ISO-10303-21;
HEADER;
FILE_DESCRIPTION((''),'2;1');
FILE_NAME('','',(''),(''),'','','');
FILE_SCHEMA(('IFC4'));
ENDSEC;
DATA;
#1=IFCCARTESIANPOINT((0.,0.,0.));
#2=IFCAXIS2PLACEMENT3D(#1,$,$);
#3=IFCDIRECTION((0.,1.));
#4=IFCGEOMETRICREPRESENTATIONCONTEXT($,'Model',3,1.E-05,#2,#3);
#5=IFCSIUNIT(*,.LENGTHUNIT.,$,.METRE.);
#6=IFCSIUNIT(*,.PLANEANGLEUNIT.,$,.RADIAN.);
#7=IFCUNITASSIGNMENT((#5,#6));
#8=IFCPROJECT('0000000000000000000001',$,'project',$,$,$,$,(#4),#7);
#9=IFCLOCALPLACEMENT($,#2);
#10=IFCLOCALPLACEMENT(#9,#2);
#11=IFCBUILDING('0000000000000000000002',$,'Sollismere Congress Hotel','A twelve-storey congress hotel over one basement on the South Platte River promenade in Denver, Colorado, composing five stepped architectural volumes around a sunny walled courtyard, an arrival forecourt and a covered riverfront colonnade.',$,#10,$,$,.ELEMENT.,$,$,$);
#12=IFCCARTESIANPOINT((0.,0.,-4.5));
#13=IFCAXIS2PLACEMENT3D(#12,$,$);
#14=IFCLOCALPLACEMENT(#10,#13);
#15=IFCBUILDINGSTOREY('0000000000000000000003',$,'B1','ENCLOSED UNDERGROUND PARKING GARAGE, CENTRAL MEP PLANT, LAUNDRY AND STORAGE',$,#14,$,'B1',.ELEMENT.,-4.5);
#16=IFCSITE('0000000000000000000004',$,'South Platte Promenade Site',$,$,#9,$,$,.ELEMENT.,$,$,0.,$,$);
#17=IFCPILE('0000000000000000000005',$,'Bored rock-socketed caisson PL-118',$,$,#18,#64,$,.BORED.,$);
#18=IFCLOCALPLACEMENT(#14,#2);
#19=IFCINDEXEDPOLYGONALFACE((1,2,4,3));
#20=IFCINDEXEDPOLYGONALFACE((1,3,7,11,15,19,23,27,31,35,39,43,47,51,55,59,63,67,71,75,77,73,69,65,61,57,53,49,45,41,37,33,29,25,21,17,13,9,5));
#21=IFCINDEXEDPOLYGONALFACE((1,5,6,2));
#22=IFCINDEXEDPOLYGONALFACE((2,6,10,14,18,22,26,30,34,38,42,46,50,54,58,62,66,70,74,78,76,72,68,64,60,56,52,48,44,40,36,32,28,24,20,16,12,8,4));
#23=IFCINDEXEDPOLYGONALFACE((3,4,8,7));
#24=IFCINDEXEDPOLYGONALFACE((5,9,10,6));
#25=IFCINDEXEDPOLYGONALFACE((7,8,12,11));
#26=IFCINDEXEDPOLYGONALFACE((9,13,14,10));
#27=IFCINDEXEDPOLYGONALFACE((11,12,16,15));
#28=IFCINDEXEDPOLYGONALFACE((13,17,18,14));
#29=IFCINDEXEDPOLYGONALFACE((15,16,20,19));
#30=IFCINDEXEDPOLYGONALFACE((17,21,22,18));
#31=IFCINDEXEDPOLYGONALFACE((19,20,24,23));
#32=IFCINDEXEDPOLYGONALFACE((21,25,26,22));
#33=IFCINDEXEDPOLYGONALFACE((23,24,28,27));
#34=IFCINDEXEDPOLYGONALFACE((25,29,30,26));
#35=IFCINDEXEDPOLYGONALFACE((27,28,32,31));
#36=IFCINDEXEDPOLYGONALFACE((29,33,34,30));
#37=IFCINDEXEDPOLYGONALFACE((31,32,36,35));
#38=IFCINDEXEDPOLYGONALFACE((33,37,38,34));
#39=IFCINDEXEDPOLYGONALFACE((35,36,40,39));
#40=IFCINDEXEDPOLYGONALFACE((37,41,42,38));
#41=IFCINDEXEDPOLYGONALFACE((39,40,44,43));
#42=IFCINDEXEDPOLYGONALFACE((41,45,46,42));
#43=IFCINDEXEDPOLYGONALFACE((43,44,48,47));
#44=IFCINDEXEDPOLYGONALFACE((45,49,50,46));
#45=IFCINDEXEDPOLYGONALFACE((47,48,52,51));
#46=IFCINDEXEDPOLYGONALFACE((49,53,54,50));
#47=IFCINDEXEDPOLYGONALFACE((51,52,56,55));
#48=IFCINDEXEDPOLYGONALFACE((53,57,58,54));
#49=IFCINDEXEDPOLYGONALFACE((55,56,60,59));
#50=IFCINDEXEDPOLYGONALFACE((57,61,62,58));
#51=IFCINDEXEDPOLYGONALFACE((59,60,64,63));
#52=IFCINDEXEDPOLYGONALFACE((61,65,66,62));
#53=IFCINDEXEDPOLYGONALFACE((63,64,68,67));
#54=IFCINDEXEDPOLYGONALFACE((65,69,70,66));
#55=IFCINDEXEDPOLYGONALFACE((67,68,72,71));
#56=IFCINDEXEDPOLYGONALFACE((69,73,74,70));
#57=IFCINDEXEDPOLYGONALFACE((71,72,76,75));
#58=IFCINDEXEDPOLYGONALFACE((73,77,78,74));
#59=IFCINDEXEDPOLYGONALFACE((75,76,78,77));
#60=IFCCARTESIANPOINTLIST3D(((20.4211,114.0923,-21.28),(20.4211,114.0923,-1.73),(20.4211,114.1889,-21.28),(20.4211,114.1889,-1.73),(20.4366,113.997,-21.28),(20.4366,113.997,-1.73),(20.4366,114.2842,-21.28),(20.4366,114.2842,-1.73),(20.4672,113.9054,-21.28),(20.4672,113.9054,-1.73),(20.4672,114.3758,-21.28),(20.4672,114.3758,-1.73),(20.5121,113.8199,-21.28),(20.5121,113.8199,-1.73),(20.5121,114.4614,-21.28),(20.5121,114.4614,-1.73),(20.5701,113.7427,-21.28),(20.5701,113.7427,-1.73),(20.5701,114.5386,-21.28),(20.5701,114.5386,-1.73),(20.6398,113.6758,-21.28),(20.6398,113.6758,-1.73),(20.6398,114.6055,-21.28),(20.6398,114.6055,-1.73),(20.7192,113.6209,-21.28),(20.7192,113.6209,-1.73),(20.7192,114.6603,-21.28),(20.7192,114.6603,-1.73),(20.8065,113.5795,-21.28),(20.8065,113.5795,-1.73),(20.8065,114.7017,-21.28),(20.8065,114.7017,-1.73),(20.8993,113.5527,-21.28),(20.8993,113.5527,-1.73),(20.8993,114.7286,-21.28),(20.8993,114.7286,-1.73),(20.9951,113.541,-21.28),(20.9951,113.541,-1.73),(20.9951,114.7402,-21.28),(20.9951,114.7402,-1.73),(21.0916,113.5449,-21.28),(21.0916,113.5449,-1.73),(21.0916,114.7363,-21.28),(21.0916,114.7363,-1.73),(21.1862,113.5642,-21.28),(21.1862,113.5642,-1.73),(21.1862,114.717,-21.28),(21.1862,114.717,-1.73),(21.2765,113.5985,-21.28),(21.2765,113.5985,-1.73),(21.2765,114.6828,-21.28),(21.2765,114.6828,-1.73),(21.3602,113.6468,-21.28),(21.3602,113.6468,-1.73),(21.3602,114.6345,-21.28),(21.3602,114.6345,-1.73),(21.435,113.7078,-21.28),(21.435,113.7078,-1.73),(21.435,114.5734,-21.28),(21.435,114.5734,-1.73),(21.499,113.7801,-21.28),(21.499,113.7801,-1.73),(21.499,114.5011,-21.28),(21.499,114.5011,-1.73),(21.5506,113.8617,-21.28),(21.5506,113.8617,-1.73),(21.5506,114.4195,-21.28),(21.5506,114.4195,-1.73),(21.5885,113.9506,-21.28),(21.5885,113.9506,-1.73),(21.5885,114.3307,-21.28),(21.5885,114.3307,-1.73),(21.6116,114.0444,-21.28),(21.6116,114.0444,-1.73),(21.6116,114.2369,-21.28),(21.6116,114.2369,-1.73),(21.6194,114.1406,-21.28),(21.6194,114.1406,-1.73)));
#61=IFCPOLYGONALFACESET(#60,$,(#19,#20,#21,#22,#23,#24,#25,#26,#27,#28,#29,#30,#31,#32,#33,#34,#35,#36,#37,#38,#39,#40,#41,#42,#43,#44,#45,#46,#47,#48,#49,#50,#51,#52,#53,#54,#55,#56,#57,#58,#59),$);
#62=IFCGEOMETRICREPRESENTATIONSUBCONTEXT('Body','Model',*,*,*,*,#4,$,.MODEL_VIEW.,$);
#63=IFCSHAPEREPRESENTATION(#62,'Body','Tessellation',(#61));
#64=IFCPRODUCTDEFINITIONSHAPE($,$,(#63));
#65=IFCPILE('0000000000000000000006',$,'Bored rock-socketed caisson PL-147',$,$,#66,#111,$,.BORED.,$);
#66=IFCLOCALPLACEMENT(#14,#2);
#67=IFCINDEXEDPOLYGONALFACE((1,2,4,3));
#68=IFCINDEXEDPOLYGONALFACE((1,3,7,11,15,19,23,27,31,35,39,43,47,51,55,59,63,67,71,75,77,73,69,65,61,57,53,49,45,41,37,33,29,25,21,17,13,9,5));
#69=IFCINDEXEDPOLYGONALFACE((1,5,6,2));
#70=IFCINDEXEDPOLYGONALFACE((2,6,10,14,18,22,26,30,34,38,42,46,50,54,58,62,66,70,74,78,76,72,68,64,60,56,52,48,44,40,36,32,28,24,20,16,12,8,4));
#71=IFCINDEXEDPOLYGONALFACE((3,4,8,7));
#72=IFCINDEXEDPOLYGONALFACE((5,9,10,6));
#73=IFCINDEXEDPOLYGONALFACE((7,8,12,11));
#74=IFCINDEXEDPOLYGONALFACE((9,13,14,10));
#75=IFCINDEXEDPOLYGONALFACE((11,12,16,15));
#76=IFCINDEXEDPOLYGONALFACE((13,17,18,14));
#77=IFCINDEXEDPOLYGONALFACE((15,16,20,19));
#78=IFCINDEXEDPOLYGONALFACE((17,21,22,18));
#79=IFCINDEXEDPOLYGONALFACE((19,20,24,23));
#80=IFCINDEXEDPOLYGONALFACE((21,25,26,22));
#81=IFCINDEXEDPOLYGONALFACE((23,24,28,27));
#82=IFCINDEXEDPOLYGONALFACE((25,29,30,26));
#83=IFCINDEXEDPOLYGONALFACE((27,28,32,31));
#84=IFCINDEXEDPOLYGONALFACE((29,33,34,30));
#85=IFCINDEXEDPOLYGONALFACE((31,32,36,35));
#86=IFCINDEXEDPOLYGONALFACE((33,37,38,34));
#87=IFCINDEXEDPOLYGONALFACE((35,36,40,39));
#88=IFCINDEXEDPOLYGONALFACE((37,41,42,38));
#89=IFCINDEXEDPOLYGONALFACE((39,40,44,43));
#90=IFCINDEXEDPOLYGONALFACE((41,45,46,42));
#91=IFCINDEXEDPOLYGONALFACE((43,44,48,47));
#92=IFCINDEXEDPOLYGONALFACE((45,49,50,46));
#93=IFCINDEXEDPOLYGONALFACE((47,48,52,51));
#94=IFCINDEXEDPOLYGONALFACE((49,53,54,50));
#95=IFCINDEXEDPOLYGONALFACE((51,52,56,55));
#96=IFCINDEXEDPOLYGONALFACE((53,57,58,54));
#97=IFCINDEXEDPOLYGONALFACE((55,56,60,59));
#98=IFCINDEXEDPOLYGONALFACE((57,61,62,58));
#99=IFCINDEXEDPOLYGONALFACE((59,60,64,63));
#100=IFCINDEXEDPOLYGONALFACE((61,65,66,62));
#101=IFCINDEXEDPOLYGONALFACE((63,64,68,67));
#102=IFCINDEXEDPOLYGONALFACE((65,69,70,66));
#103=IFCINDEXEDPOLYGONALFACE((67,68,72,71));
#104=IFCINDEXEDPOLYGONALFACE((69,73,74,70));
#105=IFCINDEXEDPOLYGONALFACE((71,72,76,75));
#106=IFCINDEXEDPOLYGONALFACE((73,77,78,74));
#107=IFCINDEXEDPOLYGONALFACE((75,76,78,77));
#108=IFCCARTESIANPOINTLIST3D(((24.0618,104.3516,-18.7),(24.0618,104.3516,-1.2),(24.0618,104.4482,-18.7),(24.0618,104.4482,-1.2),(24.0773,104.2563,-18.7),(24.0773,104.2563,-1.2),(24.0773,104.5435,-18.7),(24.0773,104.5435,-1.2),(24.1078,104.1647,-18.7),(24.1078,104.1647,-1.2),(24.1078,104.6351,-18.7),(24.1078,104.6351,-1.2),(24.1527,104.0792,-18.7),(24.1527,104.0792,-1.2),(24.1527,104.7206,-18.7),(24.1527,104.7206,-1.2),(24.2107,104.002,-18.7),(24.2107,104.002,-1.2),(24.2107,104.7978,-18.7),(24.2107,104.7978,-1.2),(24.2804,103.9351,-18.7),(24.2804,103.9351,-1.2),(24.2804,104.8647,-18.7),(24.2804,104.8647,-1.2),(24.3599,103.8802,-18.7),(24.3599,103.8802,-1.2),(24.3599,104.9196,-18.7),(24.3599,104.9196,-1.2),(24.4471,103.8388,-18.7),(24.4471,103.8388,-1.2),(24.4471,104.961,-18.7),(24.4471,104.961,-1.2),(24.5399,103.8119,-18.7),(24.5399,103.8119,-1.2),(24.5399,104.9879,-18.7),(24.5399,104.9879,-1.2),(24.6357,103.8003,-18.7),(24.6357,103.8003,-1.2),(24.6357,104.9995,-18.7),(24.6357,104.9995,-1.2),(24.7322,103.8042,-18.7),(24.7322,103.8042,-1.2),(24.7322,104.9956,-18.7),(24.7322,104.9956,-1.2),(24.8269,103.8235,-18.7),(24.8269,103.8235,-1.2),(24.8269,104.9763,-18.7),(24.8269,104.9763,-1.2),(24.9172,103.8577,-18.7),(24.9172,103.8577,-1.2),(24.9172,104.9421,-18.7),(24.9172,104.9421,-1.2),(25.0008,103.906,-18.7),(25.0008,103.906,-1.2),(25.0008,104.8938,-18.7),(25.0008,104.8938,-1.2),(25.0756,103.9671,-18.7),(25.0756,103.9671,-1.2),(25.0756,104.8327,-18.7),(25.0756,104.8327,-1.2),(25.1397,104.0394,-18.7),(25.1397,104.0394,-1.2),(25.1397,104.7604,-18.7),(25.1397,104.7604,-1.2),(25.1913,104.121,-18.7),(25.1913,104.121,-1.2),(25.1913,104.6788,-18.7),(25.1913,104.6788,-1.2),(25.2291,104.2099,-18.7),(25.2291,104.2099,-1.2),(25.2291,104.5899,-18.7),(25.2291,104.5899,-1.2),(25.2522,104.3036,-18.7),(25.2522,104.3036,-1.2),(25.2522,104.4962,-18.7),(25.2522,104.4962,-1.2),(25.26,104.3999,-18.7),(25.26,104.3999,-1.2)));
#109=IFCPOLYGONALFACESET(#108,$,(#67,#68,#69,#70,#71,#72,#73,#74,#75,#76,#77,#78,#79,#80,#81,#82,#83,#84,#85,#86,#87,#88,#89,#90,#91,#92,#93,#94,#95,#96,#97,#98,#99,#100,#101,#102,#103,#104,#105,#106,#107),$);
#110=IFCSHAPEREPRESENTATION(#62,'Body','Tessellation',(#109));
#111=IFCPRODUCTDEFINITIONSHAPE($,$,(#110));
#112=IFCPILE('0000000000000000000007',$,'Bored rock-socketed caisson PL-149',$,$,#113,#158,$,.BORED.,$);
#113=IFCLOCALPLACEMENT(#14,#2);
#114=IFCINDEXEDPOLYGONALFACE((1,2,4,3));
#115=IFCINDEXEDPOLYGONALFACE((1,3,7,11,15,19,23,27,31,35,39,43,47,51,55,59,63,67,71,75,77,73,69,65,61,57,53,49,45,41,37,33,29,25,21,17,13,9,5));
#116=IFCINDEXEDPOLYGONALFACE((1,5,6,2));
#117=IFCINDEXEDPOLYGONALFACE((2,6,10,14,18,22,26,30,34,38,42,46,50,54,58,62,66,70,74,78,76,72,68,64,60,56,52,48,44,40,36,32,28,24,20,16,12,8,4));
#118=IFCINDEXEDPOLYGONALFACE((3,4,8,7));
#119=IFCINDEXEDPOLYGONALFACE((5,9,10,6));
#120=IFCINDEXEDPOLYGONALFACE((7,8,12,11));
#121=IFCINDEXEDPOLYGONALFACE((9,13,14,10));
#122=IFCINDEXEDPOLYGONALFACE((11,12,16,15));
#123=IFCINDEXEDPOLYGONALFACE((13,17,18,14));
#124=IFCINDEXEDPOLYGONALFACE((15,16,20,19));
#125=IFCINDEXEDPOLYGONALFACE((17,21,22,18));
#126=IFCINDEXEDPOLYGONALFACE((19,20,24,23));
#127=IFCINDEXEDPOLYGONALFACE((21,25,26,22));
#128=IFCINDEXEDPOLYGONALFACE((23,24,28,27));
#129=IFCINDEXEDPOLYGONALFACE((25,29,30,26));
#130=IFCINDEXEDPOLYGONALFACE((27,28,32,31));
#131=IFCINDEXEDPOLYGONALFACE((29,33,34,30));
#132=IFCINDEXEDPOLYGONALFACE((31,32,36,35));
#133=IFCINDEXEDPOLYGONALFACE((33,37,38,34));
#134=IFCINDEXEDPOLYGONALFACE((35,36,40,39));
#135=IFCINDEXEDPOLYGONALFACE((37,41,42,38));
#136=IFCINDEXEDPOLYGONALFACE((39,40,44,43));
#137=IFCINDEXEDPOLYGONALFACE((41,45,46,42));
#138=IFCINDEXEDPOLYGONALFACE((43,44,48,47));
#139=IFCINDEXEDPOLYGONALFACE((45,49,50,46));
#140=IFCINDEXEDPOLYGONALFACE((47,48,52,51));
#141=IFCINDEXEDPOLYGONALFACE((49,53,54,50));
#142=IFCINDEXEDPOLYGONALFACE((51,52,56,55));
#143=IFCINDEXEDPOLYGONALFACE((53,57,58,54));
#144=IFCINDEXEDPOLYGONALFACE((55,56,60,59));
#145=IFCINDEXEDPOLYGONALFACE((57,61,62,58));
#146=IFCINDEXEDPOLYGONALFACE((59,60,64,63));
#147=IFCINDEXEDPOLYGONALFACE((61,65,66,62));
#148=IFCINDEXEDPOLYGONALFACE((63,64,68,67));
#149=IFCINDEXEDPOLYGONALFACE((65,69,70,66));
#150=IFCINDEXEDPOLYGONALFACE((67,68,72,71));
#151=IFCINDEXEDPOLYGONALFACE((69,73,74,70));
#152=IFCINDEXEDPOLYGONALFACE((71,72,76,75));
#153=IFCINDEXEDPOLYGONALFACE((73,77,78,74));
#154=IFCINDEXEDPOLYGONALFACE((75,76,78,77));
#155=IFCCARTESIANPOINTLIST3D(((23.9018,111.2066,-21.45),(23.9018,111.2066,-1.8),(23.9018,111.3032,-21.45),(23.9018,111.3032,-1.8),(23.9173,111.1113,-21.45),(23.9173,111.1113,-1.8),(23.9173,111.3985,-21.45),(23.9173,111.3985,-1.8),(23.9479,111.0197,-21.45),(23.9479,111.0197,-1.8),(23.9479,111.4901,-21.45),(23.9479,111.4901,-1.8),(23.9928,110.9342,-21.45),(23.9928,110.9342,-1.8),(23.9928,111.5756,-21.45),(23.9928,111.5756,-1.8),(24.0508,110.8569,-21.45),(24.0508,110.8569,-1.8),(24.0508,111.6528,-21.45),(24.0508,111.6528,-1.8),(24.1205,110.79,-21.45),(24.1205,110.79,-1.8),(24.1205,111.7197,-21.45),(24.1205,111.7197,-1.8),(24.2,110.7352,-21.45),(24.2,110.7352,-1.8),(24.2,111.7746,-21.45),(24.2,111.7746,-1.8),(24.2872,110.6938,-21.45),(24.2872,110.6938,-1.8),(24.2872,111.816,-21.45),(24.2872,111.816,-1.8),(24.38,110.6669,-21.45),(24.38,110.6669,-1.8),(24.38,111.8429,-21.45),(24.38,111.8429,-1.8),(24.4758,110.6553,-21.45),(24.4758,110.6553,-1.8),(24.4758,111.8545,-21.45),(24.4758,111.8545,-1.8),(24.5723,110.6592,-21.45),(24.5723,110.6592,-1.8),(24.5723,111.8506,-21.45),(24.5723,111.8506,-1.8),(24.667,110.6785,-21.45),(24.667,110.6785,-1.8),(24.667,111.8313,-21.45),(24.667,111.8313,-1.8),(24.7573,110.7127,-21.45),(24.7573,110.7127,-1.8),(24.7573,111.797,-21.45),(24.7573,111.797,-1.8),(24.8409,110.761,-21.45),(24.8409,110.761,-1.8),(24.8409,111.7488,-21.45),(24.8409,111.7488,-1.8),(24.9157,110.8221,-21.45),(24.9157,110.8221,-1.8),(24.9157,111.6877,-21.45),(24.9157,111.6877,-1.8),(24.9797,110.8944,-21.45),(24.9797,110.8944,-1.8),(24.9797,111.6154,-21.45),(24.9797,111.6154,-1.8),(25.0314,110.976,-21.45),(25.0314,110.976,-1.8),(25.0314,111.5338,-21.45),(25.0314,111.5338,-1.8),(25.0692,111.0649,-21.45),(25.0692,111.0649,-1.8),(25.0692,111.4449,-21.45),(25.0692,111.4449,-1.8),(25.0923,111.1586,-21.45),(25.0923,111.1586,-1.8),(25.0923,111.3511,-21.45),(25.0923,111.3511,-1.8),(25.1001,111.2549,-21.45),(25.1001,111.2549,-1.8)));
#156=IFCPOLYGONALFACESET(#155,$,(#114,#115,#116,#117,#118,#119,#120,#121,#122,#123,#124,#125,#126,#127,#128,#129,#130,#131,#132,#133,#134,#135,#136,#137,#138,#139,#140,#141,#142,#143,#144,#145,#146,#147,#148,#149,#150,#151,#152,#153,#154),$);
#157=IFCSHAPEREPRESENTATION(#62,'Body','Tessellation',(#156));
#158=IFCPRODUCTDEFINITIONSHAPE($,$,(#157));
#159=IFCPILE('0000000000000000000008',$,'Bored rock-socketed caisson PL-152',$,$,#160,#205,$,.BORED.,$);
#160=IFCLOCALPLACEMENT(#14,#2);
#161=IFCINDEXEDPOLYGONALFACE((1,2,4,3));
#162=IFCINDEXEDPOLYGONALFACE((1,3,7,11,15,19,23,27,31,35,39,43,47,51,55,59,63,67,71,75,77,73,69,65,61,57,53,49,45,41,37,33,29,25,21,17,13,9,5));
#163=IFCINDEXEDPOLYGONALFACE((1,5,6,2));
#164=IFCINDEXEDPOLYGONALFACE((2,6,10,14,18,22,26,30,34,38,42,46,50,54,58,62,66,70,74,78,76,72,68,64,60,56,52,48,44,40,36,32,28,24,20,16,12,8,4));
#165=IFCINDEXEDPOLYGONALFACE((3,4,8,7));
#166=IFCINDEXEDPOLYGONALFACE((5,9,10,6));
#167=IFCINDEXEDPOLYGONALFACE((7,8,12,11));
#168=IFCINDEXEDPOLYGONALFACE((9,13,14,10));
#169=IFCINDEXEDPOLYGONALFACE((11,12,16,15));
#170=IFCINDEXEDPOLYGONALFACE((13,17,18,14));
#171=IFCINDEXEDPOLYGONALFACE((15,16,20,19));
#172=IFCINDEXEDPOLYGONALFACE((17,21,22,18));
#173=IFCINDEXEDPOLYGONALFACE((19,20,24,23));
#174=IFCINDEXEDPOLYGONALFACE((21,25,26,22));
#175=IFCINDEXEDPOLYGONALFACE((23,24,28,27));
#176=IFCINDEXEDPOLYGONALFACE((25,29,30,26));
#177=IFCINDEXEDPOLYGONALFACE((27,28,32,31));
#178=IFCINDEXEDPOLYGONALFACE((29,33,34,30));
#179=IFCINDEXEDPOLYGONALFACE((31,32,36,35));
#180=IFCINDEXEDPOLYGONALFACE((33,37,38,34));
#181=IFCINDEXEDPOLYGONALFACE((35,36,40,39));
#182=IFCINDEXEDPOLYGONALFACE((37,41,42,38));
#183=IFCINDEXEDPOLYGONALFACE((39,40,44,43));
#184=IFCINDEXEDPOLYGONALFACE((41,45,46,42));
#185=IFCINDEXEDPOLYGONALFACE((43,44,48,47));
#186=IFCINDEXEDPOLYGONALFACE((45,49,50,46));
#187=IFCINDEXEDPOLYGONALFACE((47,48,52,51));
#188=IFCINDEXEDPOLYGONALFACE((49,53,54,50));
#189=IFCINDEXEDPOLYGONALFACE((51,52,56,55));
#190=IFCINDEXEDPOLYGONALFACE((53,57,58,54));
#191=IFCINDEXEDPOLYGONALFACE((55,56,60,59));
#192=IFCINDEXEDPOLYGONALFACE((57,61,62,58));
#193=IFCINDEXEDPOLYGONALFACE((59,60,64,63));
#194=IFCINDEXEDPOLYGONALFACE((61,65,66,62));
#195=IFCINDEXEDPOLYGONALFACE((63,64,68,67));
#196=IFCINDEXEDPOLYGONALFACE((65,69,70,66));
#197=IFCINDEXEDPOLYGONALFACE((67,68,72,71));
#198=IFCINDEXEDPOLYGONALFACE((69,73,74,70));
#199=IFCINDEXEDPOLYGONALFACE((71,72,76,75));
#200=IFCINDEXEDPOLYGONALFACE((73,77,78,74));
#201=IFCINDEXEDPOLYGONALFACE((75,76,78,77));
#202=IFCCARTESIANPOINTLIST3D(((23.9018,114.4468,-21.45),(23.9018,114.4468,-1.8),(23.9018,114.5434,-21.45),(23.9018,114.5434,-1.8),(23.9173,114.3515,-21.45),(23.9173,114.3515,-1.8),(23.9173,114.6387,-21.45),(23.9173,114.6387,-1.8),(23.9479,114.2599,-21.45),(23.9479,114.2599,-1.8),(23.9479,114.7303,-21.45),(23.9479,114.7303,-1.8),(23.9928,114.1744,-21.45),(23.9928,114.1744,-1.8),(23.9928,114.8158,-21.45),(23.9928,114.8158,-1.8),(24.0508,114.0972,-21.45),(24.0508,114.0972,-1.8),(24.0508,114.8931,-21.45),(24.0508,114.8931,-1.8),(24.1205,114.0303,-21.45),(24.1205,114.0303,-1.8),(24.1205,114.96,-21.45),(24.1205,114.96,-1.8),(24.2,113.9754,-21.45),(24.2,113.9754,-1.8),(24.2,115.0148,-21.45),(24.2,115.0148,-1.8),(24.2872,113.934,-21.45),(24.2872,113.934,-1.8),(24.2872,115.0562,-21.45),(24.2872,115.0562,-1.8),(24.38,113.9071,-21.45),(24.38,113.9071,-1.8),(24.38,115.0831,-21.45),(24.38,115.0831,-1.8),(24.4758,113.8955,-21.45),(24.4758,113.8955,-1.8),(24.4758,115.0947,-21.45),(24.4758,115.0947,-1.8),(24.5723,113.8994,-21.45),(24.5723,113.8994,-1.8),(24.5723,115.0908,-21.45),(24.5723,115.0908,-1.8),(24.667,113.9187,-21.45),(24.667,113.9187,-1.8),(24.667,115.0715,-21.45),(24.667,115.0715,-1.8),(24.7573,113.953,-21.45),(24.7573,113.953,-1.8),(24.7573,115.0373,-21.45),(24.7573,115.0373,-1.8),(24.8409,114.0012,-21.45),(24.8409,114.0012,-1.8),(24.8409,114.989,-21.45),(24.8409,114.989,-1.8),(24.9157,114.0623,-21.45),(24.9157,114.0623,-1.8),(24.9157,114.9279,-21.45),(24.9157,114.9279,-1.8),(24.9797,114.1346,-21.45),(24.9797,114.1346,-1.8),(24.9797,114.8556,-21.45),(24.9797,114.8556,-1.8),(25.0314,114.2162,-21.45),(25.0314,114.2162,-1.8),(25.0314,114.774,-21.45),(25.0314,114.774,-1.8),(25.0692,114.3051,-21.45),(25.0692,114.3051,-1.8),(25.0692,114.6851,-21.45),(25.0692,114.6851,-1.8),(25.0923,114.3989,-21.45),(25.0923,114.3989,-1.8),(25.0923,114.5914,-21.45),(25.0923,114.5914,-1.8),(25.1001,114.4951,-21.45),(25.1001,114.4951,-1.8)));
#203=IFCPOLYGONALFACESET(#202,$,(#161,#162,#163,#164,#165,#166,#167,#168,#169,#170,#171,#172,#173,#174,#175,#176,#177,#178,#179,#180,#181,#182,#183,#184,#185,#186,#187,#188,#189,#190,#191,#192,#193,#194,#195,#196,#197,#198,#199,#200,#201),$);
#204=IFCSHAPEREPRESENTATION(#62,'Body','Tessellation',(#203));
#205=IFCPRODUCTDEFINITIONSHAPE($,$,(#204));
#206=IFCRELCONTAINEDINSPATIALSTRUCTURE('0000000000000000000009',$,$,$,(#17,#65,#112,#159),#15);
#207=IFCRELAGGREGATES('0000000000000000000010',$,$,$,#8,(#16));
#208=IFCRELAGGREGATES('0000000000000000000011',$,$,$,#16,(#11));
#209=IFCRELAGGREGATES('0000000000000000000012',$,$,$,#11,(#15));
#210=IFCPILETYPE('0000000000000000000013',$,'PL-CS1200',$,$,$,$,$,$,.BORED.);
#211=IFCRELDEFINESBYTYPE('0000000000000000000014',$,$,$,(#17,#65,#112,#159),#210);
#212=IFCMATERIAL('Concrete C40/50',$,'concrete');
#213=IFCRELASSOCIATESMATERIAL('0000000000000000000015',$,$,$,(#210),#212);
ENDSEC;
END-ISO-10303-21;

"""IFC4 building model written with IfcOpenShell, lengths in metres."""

from ifc_helpers import new_model, si_unit, direction, frame, origin, origin_2d, place, context, subcontext, project, spatial, circle, extrude, material, material_profile, profile_set, type_object, element, save


model = new_model("IFC4")

# Units and contexts
model_context = context("Model", 3, precision=1e-05, world=origin(), true_north=direction((0.0, 1.0)))
body_context = subcontext(model_context, "Body", "Model", "MODEL_VIEW")
ifc_project = project(units=[si_unit("LENGTHUNIT", "METRE"), si_unit("PLANEANGLEUNIT", "RADIAN")], contexts=[model_context])

# Site, building, storey
site_placement = place(None, origin())
site = spatial("IfcSite", under=ifc_project, at=site_placement, Name="South Platte Promenade Site", CompositionType="ELEMENT", RefElevation=0.0)
building_placement = place(site_placement, origin())
building = spatial("IfcBuilding", under=site, at=building_placement, Name="Sollismere Congress Hotel", Description="A twelve-storey congress hotel over one basement on the South Platte River promenade in Denver, Colorado, composing five stepped architectural volumes around a sunny walled courtyard, an arrival forecourt and a covered riverfront colonnade.", CompositionType="ELEMENT")
storey_placement = place(building_placement, frame((0.0, 0.0, -4.5)))
storey = spatial("IfcBuildingStorey", under=building, at=storey_placement, Name="B1", Description="ENCLOSED UNDERGROUND PARKING GARAGE, CENTRAL MEP PLANT, LAUNDRY AND STORAGE", LongName="B1", CompositionType="ELEMENT", Elevation=-4.5)

# Shared definitions
ifc_material_1 = material(Name="Concrete C40/50", Category="concrete")

# Piles
ifc_material_profile_1 = material_profile(ifc_material_1, circle(Radius=0.6001, at=origin_2d()), Name="CAISSON1200")
ifc_profile_set_1 = profile_set([ifc_material_profile_1], Name="Concrete C40/50")
pile_type = type_object("IfcPileType", Name="PL-CS1200", PredefinedType="BORED", material=ifc_profile_set_1)
for number, where, z_axis, x_axis, name in (
    (1, (21.0193, 114.1406, -1.73), (0.0, 0.0, -1.0), (1.0, 0.0, 0.0), "Bored rock-socketed caisson PL-118"),
):
    element("IfcPile", number, at=place(storey_placement, frame(where, z_axis=z_axis, x_axis=x_axis)), inside=storey, type_object=pile_type, Name=name, PredefinedType="BORED", context=body_context, shape_type="SweptSolid", body=[
        extrude(circle(Radius=0.6001, at=origin_2d()), origin(), (0.0, 0.0, 1.0), 19.55),
    ])
pile_1_placement = place(storey_placement, frame((24.6599, 104.3999, -1.2), z_axis=(0.0, 0.0, -1.0), x_axis=(1.0, 0.0, 0.0)))
element("IfcPile", 2, at=pile_1_placement, inside=storey, type_object=pile_type, Name="Bored rock-socketed caisson PL-147", PredefinedType="BORED", context=body_context, shape_type="SweptSolid", body=[
    extrude(circle(Radius=0.6001, at=origin_2d()), origin(), (0.0, 0.0, 1.0), 17.5),
])
for number, where, z_axis, x_axis, name in (
    (3, (24.5, 111.2549, -1.8), (0.0, 0.0, -1.0), (1.0, 0.0, 0.0), "Bored rock-socketed caisson PL-149"),
    (4, (24.5, 114.4951, -1.8), (0.0, 0.0, -1.0), (1.0, 0.0, 0.0), "Bored rock-socketed caisson PL-152"),
):
    element("IfcPile", number, at=place(storey_placement, frame(where, z_axis=z_axis, x_axis=x_axis)), inside=storey, type_object=pile_type, Name=name, PredefinedType="BORED", context=body_context, shape_type="SweptSolid", body=[
        extrude(circle(Radius=0.6001, at=origin_2d()), origin(), (0.0, 0.0, 1.0), 19.6499),
    ])

save(model, "model.ifc")
